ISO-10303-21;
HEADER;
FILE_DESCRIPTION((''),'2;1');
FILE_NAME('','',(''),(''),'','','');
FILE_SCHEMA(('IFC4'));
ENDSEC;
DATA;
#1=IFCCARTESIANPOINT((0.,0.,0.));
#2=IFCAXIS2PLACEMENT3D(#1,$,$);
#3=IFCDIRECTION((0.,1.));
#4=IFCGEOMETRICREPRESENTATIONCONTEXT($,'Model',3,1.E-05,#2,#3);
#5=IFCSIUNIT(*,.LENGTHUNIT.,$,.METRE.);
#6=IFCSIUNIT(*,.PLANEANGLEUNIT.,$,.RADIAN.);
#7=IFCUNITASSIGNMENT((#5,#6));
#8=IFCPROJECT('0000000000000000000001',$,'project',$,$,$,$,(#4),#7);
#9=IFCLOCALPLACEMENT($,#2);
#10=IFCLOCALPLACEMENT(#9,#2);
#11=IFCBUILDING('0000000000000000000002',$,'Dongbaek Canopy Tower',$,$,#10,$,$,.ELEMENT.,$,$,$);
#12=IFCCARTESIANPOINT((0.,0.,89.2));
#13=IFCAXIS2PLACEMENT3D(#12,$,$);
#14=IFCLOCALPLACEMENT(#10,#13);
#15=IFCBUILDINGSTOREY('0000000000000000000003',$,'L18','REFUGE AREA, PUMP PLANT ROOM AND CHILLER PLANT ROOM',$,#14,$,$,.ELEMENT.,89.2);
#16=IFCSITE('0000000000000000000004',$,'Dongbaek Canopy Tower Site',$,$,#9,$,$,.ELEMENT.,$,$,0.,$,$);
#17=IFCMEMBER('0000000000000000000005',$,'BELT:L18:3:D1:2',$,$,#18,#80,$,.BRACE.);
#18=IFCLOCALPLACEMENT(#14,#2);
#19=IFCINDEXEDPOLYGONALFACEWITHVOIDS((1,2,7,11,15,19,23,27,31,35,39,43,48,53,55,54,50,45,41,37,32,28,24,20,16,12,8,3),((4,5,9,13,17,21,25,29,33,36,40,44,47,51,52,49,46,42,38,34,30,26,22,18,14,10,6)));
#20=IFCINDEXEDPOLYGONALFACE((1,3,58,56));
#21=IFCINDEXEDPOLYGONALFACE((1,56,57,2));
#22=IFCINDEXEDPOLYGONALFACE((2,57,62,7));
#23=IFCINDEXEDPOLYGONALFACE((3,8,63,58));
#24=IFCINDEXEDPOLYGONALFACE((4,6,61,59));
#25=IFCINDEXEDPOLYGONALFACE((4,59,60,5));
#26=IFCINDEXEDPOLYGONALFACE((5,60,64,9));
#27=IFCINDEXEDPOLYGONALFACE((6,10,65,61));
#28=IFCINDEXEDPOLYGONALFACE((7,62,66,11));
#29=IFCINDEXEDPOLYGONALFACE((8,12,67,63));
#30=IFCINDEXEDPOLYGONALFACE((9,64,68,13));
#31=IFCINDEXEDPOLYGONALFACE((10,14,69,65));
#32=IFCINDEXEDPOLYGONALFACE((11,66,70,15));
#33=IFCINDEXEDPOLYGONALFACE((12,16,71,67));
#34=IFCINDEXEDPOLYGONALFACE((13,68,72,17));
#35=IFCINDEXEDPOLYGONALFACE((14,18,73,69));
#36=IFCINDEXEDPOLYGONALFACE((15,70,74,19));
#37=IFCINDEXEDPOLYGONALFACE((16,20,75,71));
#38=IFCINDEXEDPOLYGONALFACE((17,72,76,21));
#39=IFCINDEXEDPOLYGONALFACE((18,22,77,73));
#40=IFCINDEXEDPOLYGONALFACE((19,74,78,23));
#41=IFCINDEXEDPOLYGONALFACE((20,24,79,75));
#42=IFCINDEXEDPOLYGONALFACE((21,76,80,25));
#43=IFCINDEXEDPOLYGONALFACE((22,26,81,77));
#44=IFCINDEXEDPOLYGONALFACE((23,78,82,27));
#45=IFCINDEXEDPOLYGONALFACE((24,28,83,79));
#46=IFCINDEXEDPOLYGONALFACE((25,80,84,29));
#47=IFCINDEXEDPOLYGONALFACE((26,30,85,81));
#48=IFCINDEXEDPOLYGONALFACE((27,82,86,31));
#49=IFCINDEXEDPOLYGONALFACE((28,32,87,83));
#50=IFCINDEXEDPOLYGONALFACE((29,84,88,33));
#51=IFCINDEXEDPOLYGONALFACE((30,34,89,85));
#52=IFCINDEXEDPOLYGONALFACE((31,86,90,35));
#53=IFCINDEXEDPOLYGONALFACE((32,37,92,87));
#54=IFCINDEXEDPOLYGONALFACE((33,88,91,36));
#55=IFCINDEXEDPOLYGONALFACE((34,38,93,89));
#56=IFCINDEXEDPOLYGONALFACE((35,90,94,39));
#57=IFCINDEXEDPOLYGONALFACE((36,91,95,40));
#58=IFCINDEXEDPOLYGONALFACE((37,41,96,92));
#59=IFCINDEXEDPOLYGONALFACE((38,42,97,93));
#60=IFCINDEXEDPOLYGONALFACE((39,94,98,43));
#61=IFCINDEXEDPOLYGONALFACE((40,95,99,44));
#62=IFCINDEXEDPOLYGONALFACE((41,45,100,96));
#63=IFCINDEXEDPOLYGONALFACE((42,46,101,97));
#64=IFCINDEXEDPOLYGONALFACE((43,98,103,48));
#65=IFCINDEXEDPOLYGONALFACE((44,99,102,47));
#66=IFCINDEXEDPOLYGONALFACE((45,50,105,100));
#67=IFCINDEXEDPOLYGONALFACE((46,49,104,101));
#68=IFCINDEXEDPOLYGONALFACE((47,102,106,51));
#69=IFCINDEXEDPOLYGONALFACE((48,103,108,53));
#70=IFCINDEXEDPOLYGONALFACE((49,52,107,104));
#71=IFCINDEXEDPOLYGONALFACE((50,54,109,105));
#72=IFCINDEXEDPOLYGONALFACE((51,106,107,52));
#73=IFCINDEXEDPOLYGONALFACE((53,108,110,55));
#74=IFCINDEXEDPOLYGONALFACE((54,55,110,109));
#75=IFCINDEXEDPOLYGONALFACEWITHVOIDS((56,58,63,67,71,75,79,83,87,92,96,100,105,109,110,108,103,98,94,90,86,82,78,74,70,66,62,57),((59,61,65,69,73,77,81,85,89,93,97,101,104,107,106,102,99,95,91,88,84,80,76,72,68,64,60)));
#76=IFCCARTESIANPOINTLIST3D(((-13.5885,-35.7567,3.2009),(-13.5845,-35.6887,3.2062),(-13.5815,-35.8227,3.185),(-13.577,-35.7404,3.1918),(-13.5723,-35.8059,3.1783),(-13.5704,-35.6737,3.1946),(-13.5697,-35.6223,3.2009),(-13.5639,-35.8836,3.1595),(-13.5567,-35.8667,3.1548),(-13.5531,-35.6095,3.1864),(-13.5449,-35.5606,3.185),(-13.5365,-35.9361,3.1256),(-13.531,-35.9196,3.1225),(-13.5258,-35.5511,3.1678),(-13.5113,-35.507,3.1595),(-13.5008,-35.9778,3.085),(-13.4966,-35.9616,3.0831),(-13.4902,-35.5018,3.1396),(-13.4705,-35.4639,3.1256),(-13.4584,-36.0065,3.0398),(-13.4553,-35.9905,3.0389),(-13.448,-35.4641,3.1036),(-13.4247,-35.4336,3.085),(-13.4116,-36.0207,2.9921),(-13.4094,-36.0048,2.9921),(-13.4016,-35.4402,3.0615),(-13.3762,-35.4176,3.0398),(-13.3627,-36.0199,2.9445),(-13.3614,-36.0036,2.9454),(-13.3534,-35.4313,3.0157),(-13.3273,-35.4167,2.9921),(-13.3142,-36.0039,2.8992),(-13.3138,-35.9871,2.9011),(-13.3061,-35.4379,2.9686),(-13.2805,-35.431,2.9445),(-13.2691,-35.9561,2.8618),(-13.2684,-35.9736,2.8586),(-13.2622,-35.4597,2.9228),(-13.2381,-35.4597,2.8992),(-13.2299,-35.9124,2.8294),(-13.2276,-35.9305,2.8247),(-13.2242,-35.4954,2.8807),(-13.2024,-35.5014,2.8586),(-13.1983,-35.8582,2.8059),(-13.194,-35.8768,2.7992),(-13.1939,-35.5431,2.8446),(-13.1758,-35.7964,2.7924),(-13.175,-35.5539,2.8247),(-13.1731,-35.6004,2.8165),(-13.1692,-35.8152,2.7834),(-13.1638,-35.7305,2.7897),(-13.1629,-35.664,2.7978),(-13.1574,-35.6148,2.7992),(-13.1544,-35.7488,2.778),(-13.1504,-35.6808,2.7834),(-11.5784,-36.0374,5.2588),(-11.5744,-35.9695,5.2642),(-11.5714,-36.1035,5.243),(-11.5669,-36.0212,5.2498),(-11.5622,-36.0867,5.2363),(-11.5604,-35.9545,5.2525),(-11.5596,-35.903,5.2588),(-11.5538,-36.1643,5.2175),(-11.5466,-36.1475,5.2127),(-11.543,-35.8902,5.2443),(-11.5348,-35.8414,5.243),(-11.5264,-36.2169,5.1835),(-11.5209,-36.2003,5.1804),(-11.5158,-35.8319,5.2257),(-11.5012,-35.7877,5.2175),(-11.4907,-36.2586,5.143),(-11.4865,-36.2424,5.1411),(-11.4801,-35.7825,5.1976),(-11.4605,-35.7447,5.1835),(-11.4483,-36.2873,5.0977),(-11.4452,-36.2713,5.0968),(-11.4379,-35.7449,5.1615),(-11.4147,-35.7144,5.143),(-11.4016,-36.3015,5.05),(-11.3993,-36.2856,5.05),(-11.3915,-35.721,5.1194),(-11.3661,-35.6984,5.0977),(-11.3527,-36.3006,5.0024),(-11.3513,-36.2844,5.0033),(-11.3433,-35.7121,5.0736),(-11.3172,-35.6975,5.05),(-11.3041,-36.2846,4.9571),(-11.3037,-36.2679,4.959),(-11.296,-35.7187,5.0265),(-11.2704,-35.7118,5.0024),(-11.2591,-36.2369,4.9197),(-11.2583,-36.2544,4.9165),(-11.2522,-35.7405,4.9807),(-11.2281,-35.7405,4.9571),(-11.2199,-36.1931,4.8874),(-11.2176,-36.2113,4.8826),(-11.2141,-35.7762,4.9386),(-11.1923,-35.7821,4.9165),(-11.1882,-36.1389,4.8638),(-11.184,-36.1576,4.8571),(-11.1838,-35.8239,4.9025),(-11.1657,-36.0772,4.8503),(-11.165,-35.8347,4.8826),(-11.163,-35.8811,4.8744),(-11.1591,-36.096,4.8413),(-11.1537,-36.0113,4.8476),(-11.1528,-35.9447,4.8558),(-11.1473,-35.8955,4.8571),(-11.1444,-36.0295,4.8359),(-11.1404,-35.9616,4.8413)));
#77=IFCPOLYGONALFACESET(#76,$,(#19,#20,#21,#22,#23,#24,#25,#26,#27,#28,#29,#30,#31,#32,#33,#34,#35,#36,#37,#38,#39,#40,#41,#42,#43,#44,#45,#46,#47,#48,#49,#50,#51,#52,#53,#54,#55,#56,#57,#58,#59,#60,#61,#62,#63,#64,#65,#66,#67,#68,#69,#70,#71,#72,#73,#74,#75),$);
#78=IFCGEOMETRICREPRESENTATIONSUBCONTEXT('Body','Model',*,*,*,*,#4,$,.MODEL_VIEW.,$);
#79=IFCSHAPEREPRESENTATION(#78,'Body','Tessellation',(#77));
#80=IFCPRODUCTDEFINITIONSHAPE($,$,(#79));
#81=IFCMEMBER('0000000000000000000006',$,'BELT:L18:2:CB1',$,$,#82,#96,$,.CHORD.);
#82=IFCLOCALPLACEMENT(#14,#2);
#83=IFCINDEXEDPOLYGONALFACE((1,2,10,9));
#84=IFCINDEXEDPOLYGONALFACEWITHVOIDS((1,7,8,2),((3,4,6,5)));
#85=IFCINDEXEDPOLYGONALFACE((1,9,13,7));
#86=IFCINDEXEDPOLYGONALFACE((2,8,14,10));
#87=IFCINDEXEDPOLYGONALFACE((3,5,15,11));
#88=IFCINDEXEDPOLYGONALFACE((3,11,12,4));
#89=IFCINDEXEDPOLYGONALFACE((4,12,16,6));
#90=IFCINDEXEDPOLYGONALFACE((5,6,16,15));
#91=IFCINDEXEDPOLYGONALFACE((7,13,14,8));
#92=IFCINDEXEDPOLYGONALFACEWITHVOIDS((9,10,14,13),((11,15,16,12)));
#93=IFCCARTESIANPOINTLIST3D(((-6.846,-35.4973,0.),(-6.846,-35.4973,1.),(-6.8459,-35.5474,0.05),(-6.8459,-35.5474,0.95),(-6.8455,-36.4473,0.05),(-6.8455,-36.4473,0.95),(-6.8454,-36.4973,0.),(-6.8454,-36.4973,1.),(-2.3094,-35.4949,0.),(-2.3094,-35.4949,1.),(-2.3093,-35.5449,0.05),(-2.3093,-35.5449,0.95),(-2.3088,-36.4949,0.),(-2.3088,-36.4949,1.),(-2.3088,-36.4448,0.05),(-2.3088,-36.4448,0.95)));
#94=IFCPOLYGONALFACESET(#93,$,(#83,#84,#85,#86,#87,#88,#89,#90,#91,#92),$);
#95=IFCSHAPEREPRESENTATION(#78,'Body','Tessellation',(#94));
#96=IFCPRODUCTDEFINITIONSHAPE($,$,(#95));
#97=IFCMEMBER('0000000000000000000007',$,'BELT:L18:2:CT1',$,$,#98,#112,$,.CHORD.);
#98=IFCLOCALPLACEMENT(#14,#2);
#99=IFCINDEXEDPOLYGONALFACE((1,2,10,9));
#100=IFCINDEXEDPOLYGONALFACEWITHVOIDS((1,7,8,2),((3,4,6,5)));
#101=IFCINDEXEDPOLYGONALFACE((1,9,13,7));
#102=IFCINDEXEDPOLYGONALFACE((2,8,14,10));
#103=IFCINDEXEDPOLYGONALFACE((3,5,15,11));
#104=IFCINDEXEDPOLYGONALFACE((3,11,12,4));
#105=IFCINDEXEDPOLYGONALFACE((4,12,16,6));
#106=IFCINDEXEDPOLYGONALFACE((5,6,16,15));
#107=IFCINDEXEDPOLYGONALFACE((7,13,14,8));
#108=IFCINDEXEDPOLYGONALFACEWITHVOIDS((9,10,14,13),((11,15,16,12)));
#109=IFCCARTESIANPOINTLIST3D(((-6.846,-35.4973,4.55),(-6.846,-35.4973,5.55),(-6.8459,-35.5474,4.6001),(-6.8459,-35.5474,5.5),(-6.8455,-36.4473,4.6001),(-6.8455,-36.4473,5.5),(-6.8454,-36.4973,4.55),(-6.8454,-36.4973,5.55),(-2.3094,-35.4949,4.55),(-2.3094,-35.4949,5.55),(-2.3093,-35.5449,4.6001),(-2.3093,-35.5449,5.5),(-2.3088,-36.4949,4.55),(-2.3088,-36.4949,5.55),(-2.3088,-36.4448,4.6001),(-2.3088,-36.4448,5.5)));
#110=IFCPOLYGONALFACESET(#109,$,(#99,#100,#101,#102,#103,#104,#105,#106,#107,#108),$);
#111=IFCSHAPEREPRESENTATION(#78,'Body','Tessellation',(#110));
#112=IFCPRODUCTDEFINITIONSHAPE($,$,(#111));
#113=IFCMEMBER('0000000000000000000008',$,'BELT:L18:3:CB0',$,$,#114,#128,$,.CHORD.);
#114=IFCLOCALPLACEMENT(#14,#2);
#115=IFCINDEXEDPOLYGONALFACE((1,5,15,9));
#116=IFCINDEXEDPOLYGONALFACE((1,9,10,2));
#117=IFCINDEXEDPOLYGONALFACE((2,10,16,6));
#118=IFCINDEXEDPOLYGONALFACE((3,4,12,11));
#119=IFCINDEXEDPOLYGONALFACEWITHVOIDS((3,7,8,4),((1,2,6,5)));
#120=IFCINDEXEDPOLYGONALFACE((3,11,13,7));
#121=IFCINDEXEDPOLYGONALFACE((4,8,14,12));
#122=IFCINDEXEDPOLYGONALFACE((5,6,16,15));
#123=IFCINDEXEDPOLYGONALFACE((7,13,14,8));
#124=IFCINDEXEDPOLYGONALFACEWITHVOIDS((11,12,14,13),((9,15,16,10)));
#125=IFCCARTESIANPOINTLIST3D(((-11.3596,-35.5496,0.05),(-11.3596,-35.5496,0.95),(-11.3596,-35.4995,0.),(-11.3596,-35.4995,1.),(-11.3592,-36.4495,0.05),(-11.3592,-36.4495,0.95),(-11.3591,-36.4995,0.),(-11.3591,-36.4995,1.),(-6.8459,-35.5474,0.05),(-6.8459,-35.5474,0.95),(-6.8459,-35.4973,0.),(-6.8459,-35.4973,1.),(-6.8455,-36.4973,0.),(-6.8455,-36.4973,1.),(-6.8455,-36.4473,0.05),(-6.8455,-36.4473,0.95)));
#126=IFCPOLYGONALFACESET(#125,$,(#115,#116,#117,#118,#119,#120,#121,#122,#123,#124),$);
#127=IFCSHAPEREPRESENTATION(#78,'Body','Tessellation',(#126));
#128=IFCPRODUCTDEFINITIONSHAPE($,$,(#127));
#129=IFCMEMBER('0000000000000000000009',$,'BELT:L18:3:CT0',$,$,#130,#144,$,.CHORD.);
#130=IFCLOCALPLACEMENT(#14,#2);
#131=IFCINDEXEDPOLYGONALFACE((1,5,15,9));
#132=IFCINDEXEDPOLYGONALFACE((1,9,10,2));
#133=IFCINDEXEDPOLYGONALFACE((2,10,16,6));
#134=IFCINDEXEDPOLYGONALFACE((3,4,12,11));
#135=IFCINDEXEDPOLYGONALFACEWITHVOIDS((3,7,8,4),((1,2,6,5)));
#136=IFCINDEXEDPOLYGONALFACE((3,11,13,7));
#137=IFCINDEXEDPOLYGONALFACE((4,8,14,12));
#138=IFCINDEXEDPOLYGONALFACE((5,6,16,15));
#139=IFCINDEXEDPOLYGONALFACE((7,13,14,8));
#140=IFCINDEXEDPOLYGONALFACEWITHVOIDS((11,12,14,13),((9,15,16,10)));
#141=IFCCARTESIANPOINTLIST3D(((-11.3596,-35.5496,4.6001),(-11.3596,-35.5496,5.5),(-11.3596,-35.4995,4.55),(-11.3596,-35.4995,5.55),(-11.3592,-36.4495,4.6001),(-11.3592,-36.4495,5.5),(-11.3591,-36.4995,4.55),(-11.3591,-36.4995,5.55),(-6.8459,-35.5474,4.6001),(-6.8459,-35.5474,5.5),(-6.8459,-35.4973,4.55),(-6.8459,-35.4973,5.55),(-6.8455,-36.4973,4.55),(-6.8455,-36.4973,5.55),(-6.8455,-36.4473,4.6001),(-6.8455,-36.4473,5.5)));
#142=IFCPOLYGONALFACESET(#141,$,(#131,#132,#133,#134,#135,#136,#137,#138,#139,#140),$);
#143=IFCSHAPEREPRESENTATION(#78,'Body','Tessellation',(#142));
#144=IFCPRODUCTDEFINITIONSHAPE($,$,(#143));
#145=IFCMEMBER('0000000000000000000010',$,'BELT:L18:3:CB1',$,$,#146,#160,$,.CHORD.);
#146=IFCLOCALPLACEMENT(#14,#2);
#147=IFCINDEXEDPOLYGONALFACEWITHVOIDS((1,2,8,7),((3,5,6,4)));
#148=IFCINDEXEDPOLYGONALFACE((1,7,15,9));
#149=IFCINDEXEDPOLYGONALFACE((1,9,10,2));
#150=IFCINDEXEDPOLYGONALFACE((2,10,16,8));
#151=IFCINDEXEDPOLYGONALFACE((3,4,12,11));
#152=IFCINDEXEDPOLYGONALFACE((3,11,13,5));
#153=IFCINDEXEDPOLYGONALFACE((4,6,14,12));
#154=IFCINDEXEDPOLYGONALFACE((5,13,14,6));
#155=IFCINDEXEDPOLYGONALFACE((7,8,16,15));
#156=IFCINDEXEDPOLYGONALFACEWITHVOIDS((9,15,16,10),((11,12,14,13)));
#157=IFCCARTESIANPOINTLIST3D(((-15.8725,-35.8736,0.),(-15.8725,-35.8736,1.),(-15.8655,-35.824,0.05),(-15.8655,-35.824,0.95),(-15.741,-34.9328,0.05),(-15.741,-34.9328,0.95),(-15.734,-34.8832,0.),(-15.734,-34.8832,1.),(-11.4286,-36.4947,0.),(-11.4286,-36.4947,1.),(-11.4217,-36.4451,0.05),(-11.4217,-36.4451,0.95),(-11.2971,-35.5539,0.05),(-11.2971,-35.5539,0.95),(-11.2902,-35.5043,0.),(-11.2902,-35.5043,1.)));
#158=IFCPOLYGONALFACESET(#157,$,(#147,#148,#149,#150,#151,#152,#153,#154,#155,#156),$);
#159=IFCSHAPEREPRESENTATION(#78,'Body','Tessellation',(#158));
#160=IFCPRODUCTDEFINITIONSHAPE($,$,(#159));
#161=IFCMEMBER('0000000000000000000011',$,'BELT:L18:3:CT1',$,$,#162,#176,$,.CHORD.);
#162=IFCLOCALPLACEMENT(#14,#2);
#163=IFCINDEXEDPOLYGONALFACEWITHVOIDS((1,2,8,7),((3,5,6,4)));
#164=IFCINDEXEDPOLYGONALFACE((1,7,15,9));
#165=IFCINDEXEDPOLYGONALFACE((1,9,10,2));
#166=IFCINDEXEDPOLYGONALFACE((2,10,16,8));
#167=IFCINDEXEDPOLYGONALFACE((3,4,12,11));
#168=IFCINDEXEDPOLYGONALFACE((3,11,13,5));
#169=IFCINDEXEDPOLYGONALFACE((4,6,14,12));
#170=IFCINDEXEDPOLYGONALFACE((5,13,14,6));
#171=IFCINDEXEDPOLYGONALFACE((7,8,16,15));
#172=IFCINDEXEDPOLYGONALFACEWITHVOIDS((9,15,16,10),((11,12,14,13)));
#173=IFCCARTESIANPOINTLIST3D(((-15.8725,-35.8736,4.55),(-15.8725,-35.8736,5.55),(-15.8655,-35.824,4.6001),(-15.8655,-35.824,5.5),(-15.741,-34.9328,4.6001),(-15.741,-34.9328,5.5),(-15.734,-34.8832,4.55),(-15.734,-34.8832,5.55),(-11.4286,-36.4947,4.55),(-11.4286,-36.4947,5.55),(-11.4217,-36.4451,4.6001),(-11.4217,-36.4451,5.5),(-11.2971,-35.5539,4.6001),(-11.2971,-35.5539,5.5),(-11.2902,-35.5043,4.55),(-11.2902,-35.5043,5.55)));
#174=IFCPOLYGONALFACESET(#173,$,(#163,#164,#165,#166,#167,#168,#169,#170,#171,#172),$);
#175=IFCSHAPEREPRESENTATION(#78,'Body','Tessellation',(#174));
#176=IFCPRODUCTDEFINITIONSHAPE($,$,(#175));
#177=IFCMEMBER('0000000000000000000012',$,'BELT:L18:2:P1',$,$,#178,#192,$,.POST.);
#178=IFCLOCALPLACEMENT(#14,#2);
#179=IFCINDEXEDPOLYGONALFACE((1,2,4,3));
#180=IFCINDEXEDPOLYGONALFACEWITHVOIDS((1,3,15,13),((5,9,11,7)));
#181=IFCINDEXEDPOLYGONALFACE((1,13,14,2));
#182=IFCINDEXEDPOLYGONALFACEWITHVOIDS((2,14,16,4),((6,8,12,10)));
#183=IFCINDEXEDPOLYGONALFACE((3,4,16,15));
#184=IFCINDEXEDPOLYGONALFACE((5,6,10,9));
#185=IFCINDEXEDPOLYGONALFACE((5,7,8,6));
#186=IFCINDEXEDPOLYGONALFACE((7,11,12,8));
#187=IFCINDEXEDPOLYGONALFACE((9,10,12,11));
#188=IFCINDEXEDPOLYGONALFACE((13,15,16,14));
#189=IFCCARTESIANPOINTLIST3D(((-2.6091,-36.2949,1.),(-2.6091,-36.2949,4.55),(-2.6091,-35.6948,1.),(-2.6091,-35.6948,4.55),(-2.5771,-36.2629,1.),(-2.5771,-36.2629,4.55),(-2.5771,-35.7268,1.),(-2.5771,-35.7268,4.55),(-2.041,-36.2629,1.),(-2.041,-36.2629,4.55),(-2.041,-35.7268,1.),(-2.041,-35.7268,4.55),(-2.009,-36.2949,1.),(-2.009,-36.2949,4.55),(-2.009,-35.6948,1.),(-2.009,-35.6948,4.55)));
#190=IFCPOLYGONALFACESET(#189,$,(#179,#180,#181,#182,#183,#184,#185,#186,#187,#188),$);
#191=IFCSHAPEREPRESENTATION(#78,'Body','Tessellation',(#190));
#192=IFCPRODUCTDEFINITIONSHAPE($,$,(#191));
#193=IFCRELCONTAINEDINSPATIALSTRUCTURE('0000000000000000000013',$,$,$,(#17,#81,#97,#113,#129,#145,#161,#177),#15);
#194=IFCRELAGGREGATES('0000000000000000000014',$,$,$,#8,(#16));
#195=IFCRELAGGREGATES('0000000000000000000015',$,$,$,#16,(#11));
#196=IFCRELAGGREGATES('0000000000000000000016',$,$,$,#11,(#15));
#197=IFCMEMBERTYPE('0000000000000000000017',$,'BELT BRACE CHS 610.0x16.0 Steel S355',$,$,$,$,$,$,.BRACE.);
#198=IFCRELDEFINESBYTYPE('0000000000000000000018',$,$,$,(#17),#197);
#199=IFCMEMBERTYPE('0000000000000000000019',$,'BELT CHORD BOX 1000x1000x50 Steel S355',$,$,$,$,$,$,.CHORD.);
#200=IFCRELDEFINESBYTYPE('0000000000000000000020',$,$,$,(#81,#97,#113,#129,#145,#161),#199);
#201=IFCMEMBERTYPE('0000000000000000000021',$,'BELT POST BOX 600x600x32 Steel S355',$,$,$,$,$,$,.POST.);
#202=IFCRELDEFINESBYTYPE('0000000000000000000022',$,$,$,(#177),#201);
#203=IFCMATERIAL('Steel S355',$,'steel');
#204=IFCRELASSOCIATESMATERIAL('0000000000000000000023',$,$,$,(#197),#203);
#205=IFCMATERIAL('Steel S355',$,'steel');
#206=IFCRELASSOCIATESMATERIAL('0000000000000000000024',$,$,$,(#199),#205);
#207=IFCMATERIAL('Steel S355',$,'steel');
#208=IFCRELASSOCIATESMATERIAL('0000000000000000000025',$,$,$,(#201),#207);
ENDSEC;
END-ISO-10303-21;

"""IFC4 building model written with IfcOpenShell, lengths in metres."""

from ifc_helpers import new_model, si_unit, direction, frame, origin, origin_2d, place, context, subcontext, project, spatial, hollow_rectangle, hollow_circle, extrude, material, material_profile, profile_set, type_object, element, save


model = new_model("IFC4")

# Units and contexts
model_context = context("Model", 3, precision=1e-05, world=origin(), true_north=direction((0.0, 1.0)))
body_context = subcontext(model_context, "Body", "Model", "MODEL_VIEW")
ifc_project = project(units=[si_unit("LENGTHUNIT", "METRE"), si_unit("PLANEANGLEUNIT", "RADIAN")], contexts=[model_context])

# Site, building, storey
site_placement = place(None, origin())
site = spatial("IfcSite", under=ifc_project, at=site_placement, Name="Dongbaek Canopy Tower Site", CompositionType="ELEMENT", RefElevation=0.0)
building_placement = place(site_placement, origin())
building = spatial("IfcBuilding", under=site, at=building_placement, Name="Dongbaek Canopy Tower", CompositionType="ELEMENT")
storey_placement = place(building_placement, frame((0.0, 0.0, 89.2)))
storey = spatial("IfcBuildingStorey", under=building, at=storey_placement, Name="L18", Description="REFUGE AREA, PUMP PLANT ROOM AND CHILLER PLANT ROOM", CompositionType="ELEMENT", Elevation=89.2)

# Members
ifc_material_1 = material(Name="Steel S355", Category="steel")
ifc_material_profile_1 = material_profile(ifc_material_1, hollow_circle(Radius=0.3049, WallThickness=0.0161, at=origin_2d()), Name="BELT BRACE CHS 610.0x16.0 Steel S355")
ifc_profile_set_1 = profile_set([ifc_material_profile_1], Name="Steel S355")
member_type_1 = type_object("IfcMemberType", Name="BELT BRACE CHS 610.0x16.0 Steel S355", PredefinedType="BRACE", material=ifc_profile_set_1)
member_1_placement = place(storey_placement, frame((-11.3594, -35.9995, 5.05), z_axis=(-0.695436, 0.09714, -0.711992), x_axis=(-0.138339, -0.990385, 0.0)))
element("IfcMember", 1, at=member_1_placement, inside=storey, type_object=member_type_1, Name="BELT:L18:3:D1:2", PredefinedType="BRACE", context=body_context, shape_type="SweptSolid", body=[
    extrude(hollow_circle(Radius=0.3049, WallThickness=0.0161, at=origin_2d()), origin(), (0.0, 0.0, 1.0), 2.8904),
])
ifc_material_2 = material(Name="Steel S355", Category="steel")
ifc_material_profile_2 = material_profile(ifc_material_2, hollow_rectangle(XDim=1.0, YDim=1.0, WallThickness=0.05, at=origin_2d()), Name="BELT CHORD BOX 1000x1000x50 Steel S355")
ifc_profile_set_2 = profile_set([ifc_material_profile_2], Name="Steel S355")
member_type_2 = type_object("IfcMemberType", Name="BELT CHORD BOX 1000x1000x50 Steel S355", PredefinedType="CHORD", material=ifc_profile_set_2)
for number, where, z_axis, x_axis, name in (
    (2, (-2.3091, -35.9949, 0.5), (-1.0, -0.000538, 0.0), (0.000538, -1.0, 0.0), "BELT:L18:2:CB1"),
    (3, (-2.3091, -35.9949, 5.05), (-1.0, -0.000538, 0.0), (0.000538, -1.0, 0.0), "BELT:L18:2:CT1"),
):
    element("IfcMember", number, at=place(storey_placement, frame(where, z_axis=z_axis, x_axis=x_axis)), inside=storey, type_object=member_type_2, Name=name, PredefinedType="CHORD", context=body_context, shape_type="SweptSolid", body=[
        extrude(hollow_rectangle(XDim=1.0, YDim=1.0, WallThickness=0.05, at=origin_2d()), origin(), (0.0, 0.0, 1.0), 4.5366),
    ])
for number, where, z_axis, x_axis, name in (
    (4, (-6.8457, -35.9973, 0.5), (-1.0, -0.000487, 0.0), (0.000487, -1.0, 0.0), "BELT:L18:3:CB0"),
    (5, (-6.8457, -35.9973, 5.05), (-1.0, -0.000487, 0.0), (0.000487, -1.0, 0.0), "BELT:L18:3:CT0"),
):
    element("IfcMember", number, at=place(storey_placement, frame(where, z_axis=z_axis, x_axis=x_axis)), inside=storey, type_object=member_type_2, Name=name, PredefinedType="CHORD", context=body_context, shape_type="SweptSolid", body=[
        extrude(hollow_rectangle(XDim=1.0, YDim=1.0, WallThickness=0.05, at=origin_2d()), origin(), (0.0, 0.0, 1.0), 4.5137),
    ])
for number, where, z_axis, x_axis, name in (
    (6, (-11.3594, -35.9995, 0.5), (-0.990374, 0.138419, 0.0), (-0.138419, -0.990374, 0.0), "BELT:L18:3:CB1"),
    (7, (-11.3594, -35.9995, 5.05), (-0.990374, 0.138419, 0.0), (-0.138419, -0.990374, 0.0), "BELT:L18:3:CT1"),
):
    element("IfcMember", number, at=place(storey_placement, frame(where, z_axis=z_axis, x_axis=x_axis)), inside=storey, type_object=member_type_2, Name=name, PredefinedType="CHORD", context=body_context, shape_type="SweptSolid", body=[
        extrude(hollow_rectangle(XDim=1.0, YDim=1.0, WallThickness=0.05, at=origin_2d()), origin(), (0.0, 0.0, 1.0), 4.4871),
    ])
ifc_material_3 = material(Name="Steel S355", Category="steel")
ifc_material_profile_3 = material_profile(ifc_material_3, hollow_rectangle(XDim=0.6001, YDim=0.6001, WallThickness=0.032, at=origin_2d()), Name="BELT POST BOX 600x600x32 Steel S355")
ifc_profile_set_3 = profile_set([ifc_material_profile_3], Name="Steel S355")
member_type_3 = type_object("IfcMemberType", Name="BELT POST BOX 600x600x32 Steel S355", PredefinedType="POST", material=ifc_profile_set_3)
for number, where, z_axis, x_axis, name in (
    (8, (-2.3091, -35.9949, 1.0), (0.0, 0.0, 1.0), (1.0, 0.0, 0.0), "BELT:L18:2:P1"),
):
    element("IfcMember", number, at=place(storey_placement, frame(where, z_axis=z_axis, x_axis=x_axis)), inside=storey, type_object=member_type_3, Name=name, PredefinedType="POST", context=body_context, shape_type="SweptSolid", body=[
        extrude(hollow_rectangle(XDim=0.6001, YDim=0.6001, WallThickness=0.032, at=origin_2d()), origin(), (0.0, 0.0, 1.0), 3.55),
    ])

save(model, "model.ifc")
